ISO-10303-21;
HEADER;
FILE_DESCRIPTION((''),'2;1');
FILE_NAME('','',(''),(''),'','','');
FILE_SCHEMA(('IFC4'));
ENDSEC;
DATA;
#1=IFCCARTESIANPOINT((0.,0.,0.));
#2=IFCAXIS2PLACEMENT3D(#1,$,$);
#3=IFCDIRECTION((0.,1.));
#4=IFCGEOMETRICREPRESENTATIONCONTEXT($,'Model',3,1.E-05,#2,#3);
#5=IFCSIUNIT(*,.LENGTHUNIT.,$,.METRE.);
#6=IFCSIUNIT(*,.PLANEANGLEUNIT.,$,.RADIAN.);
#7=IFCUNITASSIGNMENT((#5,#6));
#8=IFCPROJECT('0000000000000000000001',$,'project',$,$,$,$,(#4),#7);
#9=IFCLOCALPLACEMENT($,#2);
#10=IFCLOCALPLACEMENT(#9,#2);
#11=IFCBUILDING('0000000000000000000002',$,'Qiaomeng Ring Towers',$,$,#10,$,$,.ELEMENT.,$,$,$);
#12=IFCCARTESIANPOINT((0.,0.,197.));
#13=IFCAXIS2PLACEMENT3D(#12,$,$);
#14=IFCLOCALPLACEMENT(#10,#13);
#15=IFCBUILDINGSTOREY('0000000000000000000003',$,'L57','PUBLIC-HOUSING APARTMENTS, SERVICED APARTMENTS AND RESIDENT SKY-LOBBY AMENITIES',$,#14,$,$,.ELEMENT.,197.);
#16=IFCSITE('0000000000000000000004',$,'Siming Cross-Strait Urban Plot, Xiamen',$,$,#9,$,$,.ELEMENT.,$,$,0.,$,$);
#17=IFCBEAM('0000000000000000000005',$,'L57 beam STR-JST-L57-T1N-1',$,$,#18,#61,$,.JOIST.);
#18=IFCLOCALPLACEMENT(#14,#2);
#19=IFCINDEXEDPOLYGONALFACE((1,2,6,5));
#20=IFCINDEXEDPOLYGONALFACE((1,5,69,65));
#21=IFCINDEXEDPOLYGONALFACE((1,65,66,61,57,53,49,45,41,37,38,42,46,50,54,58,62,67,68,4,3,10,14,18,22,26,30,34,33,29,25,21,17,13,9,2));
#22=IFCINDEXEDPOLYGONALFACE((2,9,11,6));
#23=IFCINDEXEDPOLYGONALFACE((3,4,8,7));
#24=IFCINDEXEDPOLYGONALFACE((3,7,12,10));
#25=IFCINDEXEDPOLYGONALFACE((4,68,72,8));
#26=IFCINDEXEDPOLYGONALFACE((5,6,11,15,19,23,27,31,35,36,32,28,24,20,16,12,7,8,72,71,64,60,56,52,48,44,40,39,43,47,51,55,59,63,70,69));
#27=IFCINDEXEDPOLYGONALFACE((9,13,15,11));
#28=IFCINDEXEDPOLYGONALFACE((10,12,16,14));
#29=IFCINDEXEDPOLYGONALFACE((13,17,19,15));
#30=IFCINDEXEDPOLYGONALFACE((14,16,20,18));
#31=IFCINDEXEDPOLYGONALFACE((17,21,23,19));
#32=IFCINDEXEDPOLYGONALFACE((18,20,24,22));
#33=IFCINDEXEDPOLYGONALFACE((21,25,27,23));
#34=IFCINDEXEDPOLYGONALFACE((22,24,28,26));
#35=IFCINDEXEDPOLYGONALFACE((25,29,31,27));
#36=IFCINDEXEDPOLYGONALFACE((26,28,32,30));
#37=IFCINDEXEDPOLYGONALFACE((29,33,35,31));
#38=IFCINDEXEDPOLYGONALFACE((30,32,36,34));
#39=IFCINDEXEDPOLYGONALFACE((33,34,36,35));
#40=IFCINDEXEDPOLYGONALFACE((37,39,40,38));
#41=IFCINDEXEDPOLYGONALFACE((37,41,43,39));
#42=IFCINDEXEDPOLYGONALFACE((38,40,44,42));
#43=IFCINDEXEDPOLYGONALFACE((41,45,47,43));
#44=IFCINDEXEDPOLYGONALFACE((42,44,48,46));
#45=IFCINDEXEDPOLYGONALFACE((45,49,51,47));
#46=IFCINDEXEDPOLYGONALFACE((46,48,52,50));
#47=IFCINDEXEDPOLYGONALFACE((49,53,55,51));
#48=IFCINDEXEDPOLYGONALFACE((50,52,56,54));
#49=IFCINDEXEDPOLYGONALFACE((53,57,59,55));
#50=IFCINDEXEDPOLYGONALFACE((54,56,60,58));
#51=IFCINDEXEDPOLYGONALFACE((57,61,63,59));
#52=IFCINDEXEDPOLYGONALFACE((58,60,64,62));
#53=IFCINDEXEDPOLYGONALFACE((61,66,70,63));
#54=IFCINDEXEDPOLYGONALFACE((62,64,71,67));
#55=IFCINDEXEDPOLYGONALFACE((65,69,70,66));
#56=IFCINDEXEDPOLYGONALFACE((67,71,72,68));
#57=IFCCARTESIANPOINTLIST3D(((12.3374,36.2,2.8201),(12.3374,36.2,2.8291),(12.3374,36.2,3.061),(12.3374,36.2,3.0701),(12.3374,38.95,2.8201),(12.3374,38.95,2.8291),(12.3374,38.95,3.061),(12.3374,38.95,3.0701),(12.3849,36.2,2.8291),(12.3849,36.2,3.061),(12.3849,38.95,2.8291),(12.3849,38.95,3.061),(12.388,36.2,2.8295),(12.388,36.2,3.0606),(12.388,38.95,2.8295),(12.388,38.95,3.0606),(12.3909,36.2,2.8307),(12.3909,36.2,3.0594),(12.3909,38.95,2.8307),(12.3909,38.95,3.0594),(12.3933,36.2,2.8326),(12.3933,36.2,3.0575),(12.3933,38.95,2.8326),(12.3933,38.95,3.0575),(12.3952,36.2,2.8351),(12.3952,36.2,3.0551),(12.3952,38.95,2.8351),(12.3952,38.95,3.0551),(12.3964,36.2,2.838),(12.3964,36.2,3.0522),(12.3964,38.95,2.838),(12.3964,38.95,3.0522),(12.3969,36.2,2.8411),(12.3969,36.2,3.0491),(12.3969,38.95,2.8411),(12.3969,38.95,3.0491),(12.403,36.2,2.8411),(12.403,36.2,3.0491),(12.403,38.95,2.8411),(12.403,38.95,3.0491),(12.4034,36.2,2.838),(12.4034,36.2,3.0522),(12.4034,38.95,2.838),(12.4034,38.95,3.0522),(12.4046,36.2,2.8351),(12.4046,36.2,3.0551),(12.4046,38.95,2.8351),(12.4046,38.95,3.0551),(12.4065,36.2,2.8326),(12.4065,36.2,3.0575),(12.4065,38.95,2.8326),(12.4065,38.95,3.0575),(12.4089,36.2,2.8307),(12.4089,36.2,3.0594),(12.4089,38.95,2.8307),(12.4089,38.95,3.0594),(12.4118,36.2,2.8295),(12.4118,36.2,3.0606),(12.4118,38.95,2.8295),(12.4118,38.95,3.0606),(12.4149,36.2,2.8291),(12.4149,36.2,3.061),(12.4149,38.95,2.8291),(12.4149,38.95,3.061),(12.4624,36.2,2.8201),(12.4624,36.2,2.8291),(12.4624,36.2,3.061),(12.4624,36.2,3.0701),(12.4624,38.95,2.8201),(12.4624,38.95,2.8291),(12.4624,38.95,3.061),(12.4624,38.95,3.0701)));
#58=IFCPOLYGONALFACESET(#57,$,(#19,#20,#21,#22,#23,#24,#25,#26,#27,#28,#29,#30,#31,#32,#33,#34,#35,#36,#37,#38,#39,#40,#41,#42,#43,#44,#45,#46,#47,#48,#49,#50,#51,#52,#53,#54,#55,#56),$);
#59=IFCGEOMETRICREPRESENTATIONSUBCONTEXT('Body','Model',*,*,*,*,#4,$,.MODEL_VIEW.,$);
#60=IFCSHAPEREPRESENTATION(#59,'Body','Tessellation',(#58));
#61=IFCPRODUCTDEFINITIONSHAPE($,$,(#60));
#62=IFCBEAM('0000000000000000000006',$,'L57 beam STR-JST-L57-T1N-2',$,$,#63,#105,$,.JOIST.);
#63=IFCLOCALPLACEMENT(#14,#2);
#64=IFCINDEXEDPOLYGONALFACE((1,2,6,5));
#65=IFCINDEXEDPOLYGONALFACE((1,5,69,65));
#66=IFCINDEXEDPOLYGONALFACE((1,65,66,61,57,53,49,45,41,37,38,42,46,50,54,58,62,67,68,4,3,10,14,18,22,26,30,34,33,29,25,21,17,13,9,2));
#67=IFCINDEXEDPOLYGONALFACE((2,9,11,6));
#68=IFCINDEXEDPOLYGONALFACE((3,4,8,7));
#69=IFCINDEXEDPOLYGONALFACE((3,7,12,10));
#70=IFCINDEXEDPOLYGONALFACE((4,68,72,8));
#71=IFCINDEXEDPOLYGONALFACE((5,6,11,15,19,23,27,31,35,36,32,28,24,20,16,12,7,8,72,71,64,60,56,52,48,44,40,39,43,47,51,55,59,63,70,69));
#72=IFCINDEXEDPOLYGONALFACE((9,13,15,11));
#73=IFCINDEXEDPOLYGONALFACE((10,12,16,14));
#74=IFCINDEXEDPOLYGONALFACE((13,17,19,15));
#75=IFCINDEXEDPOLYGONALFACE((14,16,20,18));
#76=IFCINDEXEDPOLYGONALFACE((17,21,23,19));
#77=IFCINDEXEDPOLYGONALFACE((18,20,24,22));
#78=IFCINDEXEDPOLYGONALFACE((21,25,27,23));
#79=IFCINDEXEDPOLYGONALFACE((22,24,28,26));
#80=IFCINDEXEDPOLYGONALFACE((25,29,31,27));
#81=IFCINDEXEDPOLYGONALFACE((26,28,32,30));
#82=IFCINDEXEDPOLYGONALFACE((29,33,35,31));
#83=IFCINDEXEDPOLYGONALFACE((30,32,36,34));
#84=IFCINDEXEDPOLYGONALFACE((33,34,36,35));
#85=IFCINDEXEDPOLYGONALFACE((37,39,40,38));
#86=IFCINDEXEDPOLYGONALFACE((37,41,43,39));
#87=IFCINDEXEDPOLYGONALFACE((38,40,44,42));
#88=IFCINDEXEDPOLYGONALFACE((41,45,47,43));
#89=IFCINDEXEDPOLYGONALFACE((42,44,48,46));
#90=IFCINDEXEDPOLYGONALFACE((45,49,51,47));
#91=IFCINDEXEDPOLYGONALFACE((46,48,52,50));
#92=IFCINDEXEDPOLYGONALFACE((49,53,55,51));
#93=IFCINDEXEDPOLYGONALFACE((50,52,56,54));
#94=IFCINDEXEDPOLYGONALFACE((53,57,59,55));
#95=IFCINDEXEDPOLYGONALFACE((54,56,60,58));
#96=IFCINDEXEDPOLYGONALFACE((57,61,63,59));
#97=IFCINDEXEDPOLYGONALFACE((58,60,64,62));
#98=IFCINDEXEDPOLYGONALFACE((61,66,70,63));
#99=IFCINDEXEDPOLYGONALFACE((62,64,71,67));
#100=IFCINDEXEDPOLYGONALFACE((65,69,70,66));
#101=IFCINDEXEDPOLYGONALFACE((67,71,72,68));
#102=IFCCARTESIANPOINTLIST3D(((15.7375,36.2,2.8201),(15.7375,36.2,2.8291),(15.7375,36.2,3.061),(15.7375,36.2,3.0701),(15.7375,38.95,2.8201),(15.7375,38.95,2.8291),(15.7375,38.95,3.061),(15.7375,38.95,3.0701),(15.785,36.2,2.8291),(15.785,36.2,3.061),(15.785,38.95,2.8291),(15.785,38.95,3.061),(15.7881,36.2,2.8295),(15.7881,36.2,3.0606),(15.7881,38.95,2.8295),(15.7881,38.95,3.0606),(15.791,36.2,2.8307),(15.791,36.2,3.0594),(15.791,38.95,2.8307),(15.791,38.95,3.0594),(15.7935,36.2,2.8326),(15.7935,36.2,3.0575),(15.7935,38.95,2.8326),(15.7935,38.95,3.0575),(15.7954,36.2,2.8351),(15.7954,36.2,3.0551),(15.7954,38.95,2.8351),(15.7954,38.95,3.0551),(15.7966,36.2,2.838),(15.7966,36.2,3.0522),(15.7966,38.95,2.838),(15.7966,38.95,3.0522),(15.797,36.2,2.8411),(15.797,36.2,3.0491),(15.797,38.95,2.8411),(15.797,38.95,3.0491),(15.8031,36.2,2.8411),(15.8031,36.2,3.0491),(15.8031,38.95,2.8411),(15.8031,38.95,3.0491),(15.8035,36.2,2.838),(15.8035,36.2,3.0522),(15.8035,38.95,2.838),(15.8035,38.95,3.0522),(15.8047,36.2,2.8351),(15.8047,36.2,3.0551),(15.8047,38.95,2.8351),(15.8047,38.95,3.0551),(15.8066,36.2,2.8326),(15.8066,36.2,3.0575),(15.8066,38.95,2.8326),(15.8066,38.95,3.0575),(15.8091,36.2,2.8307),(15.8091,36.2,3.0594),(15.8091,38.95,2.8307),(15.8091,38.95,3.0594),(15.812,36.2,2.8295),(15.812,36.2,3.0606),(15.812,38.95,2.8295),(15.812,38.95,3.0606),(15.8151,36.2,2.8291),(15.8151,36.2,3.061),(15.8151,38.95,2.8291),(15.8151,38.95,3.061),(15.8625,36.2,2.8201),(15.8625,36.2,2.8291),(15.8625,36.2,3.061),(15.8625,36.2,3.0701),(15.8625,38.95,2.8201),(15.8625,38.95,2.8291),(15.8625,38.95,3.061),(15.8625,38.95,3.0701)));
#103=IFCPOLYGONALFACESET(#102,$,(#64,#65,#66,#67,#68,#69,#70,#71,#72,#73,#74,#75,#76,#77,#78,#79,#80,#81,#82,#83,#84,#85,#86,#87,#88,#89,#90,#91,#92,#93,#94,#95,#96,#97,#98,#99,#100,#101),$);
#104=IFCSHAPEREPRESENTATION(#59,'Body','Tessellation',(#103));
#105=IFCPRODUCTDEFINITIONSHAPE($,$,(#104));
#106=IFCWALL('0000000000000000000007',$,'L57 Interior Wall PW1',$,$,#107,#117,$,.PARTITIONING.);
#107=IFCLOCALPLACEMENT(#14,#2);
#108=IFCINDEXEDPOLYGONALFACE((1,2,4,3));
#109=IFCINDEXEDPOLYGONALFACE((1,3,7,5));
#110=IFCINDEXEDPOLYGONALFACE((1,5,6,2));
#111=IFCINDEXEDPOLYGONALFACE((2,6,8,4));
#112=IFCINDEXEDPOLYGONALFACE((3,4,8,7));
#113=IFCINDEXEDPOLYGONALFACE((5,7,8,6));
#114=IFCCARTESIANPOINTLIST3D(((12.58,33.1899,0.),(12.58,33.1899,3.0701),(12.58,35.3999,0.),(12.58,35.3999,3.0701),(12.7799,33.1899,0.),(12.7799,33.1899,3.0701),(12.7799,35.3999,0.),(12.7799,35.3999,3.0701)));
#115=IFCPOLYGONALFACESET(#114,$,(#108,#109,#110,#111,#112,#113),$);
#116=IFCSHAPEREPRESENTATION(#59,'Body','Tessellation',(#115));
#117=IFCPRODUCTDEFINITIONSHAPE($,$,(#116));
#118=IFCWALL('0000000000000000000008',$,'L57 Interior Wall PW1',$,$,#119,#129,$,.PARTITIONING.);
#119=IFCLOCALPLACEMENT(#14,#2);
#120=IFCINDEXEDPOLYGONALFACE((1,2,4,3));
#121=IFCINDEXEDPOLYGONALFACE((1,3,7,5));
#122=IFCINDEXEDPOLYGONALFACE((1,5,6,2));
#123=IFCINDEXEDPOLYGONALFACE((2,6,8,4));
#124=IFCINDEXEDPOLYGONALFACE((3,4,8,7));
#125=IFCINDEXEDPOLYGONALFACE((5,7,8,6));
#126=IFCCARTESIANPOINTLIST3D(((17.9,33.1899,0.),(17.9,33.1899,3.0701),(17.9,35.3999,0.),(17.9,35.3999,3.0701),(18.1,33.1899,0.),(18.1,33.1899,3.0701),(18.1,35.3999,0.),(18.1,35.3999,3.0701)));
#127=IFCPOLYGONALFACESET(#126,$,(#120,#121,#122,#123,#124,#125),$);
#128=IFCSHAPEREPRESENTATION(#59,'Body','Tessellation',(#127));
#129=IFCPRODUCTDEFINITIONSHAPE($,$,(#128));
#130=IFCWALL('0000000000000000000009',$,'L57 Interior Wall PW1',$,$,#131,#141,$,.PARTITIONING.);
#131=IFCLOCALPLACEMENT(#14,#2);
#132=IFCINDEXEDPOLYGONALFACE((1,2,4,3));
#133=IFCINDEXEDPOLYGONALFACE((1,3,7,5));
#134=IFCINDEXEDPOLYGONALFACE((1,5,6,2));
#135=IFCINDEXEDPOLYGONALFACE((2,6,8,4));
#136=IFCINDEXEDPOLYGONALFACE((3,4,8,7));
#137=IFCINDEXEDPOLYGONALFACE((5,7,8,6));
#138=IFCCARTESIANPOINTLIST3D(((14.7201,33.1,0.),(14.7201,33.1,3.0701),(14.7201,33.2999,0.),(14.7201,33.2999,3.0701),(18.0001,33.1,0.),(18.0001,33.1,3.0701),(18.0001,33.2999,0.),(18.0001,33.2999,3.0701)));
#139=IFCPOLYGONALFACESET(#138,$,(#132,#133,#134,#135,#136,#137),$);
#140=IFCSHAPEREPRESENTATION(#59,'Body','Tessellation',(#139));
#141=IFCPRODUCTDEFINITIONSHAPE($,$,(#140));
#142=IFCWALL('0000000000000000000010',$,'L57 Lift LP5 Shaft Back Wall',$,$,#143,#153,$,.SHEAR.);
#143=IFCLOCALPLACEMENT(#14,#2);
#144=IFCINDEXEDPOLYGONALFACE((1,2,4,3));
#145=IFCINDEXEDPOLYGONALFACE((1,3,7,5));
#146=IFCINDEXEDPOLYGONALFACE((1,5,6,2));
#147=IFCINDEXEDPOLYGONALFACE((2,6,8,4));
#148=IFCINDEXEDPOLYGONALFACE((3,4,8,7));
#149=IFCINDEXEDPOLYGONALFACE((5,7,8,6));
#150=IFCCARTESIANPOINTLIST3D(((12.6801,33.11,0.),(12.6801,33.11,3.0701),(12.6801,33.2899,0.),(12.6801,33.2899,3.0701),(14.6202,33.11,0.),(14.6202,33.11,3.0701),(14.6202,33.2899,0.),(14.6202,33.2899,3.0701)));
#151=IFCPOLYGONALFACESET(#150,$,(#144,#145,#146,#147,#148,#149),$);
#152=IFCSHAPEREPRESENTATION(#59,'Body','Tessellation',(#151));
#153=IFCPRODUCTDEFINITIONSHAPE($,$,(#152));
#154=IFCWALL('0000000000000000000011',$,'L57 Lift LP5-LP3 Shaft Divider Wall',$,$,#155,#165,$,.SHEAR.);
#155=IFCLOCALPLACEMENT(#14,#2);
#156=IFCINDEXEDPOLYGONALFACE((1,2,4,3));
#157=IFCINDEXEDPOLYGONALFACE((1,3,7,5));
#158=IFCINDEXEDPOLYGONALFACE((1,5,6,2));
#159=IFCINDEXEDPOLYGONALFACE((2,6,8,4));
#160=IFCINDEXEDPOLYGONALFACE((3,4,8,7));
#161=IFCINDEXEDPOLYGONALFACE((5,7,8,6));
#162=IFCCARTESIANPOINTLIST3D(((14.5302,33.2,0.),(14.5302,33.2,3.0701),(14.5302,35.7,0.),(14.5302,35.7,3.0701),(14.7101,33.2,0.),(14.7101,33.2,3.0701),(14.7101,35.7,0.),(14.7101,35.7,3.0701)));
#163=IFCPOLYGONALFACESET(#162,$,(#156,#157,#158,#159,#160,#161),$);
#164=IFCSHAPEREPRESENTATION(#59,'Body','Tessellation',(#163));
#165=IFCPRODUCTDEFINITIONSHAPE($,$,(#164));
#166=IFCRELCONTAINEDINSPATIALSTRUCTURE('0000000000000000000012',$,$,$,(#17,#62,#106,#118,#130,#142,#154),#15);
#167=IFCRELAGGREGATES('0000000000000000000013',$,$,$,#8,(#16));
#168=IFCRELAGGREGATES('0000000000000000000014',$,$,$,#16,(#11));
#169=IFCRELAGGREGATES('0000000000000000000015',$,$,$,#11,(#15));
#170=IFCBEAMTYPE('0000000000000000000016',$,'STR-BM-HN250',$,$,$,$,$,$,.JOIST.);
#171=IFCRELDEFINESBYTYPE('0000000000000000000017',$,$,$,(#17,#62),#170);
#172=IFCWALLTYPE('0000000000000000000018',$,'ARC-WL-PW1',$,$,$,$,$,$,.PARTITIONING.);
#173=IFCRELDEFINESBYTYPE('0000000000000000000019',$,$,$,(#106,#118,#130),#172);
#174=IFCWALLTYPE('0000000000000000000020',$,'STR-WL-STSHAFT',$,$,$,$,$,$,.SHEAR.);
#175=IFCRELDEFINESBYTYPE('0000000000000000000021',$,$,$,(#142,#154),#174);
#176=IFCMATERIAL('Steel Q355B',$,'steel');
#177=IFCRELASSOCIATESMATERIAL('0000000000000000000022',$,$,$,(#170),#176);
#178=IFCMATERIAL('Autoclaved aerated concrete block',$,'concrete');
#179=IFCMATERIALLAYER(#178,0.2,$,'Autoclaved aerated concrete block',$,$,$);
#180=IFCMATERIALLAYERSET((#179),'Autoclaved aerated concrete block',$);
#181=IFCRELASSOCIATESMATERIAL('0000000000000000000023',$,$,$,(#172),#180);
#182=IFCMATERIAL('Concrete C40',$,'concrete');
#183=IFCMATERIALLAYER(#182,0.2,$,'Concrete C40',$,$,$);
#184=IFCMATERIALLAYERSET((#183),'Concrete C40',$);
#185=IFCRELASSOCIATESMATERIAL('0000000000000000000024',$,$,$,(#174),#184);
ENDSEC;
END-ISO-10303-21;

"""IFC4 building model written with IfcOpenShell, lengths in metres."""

from ifc_helpers import new_model, si_unit, direction, frame, frame_2d, origin, origin_2d, place, context, subcontext, project, spatial, rectangle, i_section, extrude, source, transform, mapped, material, layer, layer_set, material_profile, profile_set, type_object, element, save


model = new_model("IFC4")

# Units and contexts
model_context = context("Model", 3, precision=1e-05, world=origin(), true_north=direction((0.0, 1.0)))
body_context = subcontext(model_context, "Body", "Model", "MODEL_VIEW")
ifc_project = project(units=[si_unit("LENGTHUNIT", "METRE"), si_unit("PLANEANGLEUNIT", "RADIAN")], contexts=[model_context])

# Site, building, storey
site_placement = place(None, origin())
site = spatial("IfcSite", under=ifc_project, at=site_placement, Name="Siming Cross-Strait Urban Plot, Xiamen", CompositionType="ELEMENT", RefElevation=0.0)
building_placement = place(site_placement, origin())
building = spatial("IfcBuilding", under=site, at=building_placement, Name="Qiaomeng Ring Towers", CompositionType="ELEMENT")
storey_placement = place(building_placement, frame((0.0, 0.0, 197.0)))
storey = spatial("IfcBuildingStorey", under=building, at=storey_placement, Name="L57", Description="PUBLIC-HOUSING APARTMENTS, SERVICED APARTMENTS AND RESIDENT SKY-LOBBY AMENITIES", CompositionType="ELEMENT", Elevation=197.0)

# Beams
ifc_material_1 = material(Name="Steel Q355B", Category="steel")
ifc_material_profile_1 = material_profile(ifc_material_1, i_section(OverallWidth=0.125, OverallDepth=0.25, WebThickness=0.0061, FlangeThickness=0.009, FilletRadius=0.012, at=origin_2d()), Name="HN 250x125x6x9")
ifc_profile_set_1 = profile_set([ifc_material_profile_1], Name="Steel Q355B")
beam_type = type_object("IfcBeamType", Name="STR-BM-HN250", PredefinedType="JOIST", material=ifc_profile_set_1)
shared_shape_1 = source(origin(), body_context, "Body", "SweptSolid", [
    extrude(i_section(OverallWidth=0.125, OverallDepth=0.25, WebThickness=0.0061, FlangeThickness=0.009, FilletRadius=0.012, at=origin_2d()), origin(), (0.0, 0.0, 1.0), 2.75),
])
for number, where, z_axis, x_axis, name in (
    (1, (12.3999, 36.2, 2.9451), (0.0, 1.0, 0.0), (-1.0, 0.0, 0.0), "L57 beam STR-JST-L57-T1N-1"),
    (2, (15.8, 36.2, 2.9451), (0.0, 1.0, 0.0), (-1.0, 0.0, 0.0), "L57 beam STR-JST-L57-T1N-2"),
):
    element("IfcBeam", number, at=place(storey_placement, frame(where, z_axis=z_axis, x_axis=x_axis)), inside=storey, type_object=beam_type, Name=name, PredefinedType="JOIST", context=body_context, shape_type="MappedRepresentation", body=[
        mapped(shared_shape_1, transform((0.0, 0.0, 0.0), x_axis=(1.0, 0.0, 0.0), y_axis=(0.0, 1.0, 0.0), z_axis=(0.0, 0.0, 1.0), scale=1.0)),
    ])

# Walls
ifc_material_2 = material(Name="Autoclaved aerated concrete block", Category="concrete")
ifc_layer_1 = layer(ifc_material_2, 0.2, Name="Autoclaved aerated concrete block")
ifc_layer_set_1 = layer_set([ifc_layer_1], Name="Autoclaved aerated concrete block")
wall_type_1 = type_object("IfcWallType", Name="ARC-WL-PW1", PredefinedType="PARTITIONING", material=ifc_layer_set_1)
for number, where, z_axis, x_axis, name in (
    (3, (12.6799, 33.1899, 0.0), (0.0, 0.0, 1.0), (0.0, 1.0, 0.0), "L57 Interior Wall PW1"),
    (4, (18.0, 33.1899, 0.0), (0.0, 0.0, 1.0), (0.0, 1.0, 0.0), "L57 Interior Wall PW1"),
):
    element("IfcWall", number, at=place(storey_placement, frame(where, z_axis=z_axis, x_axis=x_axis)), inside=storey, type_object=wall_type_1, Name=name, PredefinedType="PARTITIONING", context=body_context, shape_type="SweptSolid", body=[
        extrude(rectangle(XDim=2.21, YDim=0.2, at=frame_2d((1.105, 0.0))), origin(), (0.0, 0.0, 1.0), 3.0701),
    ])
wall_1_placement = place(storey_placement, frame((14.72, 33.2, 0.0), z_axis=(0.0, 0.0, 1.0), x_axis=(1.0, 0.0, 0.0)))
element("IfcWall", 5, at=wall_1_placement, inside=storey, type_object=wall_type_1, Name="L57 Interior Wall PW1", PredefinedType="PARTITIONING", context=body_context, shape_type="SweptSolid", body=[
    extrude(rectangle(XDim=3.28, YDim=0.2, at=frame_2d((1.6401, 0.0))), origin(), (0.0, 0.0, 1.0), 3.0701),
])
ifc_material_3 = material(Name="Concrete C40", Category="concrete")
ifc_layer_2 = layer(ifc_material_3, 0.2, Name="Concrete C40")
ifc_layer_set_2 = layer_set([ifc_layer_2], Name="Concrete C40")
wall_type_2 = type_object("IfcWallType", Name="STR-WL-STSHAFT", PredefinedType="SHEAR", material=ifc_layer_set_2)
wall_2_placement = place(storey_placement, frame((12.6799, 33.2, 0.0), z_axis=(0.0, 0.0, 1.0), x_axis=(1.0, 0.0, 0.0)))
element("IfcWall", 6, at=wall_2_placement, inside=storey, type_object=wall_type_2, Name="L57 Lift LP5 Shaft Back Wall", PredefinedType="SHEAR", context=body_context, shape_type="SweptSolid", body=[
    extrude(rectangle(XDim=1.9402, YDim=0.1799, at=frame_2d((0.9702, 0.0))), origin(), (0.0, 0.0, 1.0), 3.0701),
])
wall_3_placement = place(storey_placement, frame((14.6201, 33.2, 0.0), z_axis=(0.0, 0.0, 1.0), x_axis=(0.0, 1.0, 0.0)))
element("IfcWall", 7, at=wall_3_placement, inside=storey, type_object=wall_type_2, Name="L57 Lift LP5-LP3 Shaft Divider Wall", PredefinedType="SHEAR", context=body_context, shape_type="SweptSolid", body=[
    extrude(rectangle(XDim=2.5, YDim=0.1799, at=frame_2d((1.25, 0.0))), origin(), (0.0, 0.0, 1.0), 3.0701),
])

save(model, "model.ifc")
